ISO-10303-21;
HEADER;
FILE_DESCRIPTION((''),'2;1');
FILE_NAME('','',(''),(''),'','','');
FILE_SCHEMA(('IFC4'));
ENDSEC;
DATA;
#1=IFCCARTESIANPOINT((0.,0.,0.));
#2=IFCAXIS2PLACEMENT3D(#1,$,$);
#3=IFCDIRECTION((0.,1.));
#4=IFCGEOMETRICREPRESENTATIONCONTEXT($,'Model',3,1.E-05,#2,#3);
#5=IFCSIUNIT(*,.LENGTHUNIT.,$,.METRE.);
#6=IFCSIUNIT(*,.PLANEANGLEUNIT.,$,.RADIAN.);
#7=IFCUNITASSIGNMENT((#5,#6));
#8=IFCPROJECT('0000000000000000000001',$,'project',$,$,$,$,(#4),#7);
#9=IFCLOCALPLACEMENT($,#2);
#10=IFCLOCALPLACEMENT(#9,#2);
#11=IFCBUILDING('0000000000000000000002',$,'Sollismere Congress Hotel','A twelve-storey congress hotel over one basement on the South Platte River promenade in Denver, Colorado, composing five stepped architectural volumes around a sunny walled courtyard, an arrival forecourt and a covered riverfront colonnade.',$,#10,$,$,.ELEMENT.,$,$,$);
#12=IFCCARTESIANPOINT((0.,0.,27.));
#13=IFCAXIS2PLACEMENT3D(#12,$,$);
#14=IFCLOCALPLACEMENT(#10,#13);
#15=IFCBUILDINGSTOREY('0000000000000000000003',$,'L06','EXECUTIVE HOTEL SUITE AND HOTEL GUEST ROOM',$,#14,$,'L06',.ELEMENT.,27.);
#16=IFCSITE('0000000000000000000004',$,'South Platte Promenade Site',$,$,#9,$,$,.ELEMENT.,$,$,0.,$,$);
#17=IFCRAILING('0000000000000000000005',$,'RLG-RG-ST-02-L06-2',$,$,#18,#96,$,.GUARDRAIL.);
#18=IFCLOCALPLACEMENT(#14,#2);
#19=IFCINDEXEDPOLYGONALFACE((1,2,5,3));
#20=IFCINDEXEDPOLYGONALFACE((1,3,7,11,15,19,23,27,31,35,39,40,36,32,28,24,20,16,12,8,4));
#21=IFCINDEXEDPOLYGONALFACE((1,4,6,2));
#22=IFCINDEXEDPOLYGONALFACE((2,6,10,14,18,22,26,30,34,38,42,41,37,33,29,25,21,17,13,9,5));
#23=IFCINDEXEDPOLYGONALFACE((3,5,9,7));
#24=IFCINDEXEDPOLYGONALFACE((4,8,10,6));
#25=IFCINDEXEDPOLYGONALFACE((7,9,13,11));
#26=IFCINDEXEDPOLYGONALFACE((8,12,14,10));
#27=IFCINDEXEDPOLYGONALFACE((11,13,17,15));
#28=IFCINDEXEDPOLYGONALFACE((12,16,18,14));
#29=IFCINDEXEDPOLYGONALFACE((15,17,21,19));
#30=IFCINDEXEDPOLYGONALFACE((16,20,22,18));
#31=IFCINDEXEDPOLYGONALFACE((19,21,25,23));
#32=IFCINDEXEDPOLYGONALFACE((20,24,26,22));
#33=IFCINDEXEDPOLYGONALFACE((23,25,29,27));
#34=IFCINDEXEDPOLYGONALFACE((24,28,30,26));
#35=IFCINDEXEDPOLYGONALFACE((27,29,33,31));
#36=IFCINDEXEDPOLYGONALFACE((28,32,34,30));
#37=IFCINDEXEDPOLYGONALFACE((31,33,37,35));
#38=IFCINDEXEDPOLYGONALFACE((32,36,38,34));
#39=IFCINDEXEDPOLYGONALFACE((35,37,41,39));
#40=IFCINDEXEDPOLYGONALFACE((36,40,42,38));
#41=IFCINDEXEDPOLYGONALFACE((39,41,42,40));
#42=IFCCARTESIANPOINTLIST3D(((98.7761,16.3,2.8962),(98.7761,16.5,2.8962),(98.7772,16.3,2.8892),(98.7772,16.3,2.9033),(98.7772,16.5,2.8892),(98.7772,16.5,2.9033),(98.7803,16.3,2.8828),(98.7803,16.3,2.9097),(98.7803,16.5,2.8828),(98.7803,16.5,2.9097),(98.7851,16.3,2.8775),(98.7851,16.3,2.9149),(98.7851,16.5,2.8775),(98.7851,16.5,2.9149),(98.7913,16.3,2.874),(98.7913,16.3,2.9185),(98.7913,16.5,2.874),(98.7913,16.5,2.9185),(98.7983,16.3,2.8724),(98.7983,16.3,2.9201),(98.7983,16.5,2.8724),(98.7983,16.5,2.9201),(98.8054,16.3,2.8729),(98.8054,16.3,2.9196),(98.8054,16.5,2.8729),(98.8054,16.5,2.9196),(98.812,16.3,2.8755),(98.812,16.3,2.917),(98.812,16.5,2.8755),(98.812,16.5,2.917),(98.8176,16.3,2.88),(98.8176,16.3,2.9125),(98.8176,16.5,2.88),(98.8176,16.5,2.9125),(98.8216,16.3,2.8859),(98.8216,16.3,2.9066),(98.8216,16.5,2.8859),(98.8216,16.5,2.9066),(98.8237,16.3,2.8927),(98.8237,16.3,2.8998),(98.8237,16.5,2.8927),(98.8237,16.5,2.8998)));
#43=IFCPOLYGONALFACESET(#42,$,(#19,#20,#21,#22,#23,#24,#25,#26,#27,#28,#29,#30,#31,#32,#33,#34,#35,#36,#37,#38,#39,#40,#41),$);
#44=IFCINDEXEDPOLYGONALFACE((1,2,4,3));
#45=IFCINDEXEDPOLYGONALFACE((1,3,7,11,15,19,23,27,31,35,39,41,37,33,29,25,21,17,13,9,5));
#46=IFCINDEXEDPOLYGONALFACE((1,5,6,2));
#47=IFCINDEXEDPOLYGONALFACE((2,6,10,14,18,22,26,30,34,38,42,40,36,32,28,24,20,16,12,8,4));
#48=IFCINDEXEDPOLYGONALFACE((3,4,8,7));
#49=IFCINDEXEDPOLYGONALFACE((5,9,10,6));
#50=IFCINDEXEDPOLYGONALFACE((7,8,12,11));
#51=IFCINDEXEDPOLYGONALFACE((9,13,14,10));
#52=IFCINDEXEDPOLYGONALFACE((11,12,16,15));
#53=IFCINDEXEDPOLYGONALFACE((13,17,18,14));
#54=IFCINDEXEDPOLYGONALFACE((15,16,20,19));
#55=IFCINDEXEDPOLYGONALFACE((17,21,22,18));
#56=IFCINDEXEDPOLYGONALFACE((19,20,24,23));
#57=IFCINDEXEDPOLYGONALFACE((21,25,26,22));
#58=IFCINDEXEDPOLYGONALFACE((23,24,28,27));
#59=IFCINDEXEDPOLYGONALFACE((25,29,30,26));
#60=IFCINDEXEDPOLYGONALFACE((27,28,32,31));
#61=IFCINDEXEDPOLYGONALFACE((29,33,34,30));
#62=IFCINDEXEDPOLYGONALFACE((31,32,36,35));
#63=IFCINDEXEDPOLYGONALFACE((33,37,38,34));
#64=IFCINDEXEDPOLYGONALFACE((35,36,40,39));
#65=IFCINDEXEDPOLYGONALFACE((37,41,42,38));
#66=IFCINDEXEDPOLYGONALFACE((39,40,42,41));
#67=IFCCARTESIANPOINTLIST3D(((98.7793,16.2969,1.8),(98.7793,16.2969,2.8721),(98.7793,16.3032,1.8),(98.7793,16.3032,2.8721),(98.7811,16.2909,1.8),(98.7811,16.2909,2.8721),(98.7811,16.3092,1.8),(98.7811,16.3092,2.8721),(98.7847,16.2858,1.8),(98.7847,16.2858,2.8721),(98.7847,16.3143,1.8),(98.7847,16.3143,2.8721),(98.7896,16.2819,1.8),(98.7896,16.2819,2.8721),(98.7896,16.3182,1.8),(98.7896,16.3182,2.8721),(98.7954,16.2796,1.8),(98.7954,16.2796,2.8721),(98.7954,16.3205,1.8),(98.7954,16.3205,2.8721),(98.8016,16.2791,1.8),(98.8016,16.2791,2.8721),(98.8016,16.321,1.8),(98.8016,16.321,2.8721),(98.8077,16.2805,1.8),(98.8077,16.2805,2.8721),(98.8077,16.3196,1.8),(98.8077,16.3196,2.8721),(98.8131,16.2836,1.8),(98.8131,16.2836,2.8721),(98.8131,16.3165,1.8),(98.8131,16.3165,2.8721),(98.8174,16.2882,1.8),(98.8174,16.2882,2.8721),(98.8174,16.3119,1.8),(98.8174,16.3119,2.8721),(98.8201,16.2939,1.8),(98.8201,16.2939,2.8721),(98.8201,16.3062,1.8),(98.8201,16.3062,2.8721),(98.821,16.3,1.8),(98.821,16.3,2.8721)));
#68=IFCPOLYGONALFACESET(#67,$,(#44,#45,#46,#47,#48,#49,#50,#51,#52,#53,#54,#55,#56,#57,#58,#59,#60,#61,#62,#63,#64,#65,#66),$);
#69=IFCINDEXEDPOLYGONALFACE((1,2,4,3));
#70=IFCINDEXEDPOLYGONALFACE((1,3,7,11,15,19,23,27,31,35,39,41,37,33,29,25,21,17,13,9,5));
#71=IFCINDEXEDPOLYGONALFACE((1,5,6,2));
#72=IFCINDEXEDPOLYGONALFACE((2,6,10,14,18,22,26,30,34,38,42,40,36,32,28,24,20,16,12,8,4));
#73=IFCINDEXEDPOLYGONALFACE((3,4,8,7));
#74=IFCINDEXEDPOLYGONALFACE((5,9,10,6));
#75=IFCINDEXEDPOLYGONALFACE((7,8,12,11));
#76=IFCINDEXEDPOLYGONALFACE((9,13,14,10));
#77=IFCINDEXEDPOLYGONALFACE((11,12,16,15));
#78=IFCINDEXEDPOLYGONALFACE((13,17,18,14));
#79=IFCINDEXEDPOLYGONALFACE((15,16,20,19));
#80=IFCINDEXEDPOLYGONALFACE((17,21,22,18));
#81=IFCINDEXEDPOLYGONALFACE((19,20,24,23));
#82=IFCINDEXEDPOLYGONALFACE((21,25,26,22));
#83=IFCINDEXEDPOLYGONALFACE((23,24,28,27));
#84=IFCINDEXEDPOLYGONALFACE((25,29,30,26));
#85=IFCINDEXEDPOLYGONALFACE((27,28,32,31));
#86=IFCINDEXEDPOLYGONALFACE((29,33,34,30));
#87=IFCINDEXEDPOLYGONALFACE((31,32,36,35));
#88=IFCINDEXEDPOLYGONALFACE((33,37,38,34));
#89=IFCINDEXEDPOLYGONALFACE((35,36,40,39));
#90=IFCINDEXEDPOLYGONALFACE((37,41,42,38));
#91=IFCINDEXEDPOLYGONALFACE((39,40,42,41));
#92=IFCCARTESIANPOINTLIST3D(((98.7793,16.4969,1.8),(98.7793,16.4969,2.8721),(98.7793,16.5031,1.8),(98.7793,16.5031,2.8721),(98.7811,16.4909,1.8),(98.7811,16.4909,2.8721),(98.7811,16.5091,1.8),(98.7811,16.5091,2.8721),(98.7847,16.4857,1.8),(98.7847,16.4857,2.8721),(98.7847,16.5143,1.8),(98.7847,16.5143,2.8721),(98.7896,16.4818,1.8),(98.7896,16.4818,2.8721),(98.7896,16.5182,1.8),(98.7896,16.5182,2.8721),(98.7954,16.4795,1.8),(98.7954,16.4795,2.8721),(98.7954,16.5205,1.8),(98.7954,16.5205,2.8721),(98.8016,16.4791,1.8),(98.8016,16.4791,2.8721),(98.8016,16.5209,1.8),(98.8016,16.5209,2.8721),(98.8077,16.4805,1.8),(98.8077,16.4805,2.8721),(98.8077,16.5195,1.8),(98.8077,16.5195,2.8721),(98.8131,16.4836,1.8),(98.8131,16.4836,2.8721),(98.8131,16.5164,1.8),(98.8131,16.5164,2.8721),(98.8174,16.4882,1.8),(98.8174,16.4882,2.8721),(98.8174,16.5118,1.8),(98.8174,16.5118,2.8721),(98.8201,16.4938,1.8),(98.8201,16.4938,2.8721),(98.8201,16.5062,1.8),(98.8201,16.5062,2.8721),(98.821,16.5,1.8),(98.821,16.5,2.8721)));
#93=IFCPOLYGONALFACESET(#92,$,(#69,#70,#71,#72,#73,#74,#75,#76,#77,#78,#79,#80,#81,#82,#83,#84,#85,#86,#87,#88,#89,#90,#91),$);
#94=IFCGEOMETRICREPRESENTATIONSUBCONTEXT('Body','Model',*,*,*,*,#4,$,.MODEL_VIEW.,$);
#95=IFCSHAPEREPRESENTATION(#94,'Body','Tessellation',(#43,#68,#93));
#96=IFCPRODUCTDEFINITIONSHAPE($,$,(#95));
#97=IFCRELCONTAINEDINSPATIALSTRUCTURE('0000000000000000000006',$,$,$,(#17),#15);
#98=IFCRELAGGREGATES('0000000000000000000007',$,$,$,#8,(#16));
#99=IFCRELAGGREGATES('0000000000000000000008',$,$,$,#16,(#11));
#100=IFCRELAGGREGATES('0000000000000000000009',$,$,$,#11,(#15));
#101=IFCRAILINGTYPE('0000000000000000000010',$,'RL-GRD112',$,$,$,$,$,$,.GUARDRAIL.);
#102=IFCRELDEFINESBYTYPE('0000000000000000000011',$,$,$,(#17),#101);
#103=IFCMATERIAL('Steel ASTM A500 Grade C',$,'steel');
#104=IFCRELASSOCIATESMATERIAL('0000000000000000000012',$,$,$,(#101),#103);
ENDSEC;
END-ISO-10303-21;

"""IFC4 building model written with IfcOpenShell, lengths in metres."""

from ifc_helpers import new_model, si_unit, direction, frame, origin, origin_2d, place, context, subcontext, project, spatial, circle, extrude, material, type_object, element, save


model = new_model("IFC4")

# Units and contexts
model_context = context("Model", 3, precision=1e-05, world=origin(), true_north=direction((0.0, 1.0)))
body_context = subcontext(model_context, "Body", "Model", "MODEL_VIEW")
ifc_project = project(units=[si_unit("LENGTHUNIT", "METRE"), si_unit("PLANEANGLEUNIT", "RADIAN")], contexts=[model_context])

# Site, building, storey
site_placement = place(None, origin())
site = spatial("IfcSite", under=ifc_project, at=site_placement, Name="South Platte Promenade Site", CompositionType="ELEMENT", RefElevation=0.0)
building_placement = place(site_placement, origin())
building = spatial("IfcBuilding", under=site, at=building_placement, Name="Sollismere Congress Hotel", Description="A twelve-storey congress hotel over one basement on the South Platte River promenade in Denver, Colorado, composing five stepped architectural volumes around a sunny walled courtyard, an arrival forecourt and a covered riverfront colonnade.", CompositionType="ELEMENT")
storey_placement = place(building_placement, frame((0.0, 0.0, 27.0)))
storey = spatial("IfcBuildingStorey", under=building, at=storey_placement, Name="L06", Description="EXECUTIVE HOTEL SUITE AND HOTEL GUEST ROOM", LongName="L06", CompositionType="ELEMENT", Elevation=27.0)

# Shared definitions
ifc_material_1 = material(Name="Steel ASTM A500 Grade C", Category="steel")

# Railing
railing_type_1 = type_object("IfcRailingType", Name="RL-GRD112", PredefinedType="GUARDRAIL", material=ifc_material_1)
railing_1_placement = place(storey_placement, frame((98.8, 16.3, 1.8)))
element("IfcRailing", 1, at=railing_1_placement, inside=storey, type_object=railing_type_1, Name="RLG-RG-ST-02-L06-2", PredefinedType="GUARDRAIL", context=body_context, shape_type="SweptSolid", body=[
    extrude(circle(Radius=0.0239, at=origin_2d()), frame((0.0, 0.0, 1.0962), z_axis=(0.0, 1.0, 0.0), x_axis=(-1.0, 0.0, 0.0)), (0.0, 0.0, 1.0), 0.2),
    extrude(circle(Radius=0.021, at=origin_2d()), origin(), (0.0, 0.0, 1.0), 1.072),
    extrude(circle(Radius=0.021, at=origin_2d()), frame((0.0, 0.2, 0.0)), (0.0, 0.0, 1.0), 1.072),
])

save(model, "model.ifc")
